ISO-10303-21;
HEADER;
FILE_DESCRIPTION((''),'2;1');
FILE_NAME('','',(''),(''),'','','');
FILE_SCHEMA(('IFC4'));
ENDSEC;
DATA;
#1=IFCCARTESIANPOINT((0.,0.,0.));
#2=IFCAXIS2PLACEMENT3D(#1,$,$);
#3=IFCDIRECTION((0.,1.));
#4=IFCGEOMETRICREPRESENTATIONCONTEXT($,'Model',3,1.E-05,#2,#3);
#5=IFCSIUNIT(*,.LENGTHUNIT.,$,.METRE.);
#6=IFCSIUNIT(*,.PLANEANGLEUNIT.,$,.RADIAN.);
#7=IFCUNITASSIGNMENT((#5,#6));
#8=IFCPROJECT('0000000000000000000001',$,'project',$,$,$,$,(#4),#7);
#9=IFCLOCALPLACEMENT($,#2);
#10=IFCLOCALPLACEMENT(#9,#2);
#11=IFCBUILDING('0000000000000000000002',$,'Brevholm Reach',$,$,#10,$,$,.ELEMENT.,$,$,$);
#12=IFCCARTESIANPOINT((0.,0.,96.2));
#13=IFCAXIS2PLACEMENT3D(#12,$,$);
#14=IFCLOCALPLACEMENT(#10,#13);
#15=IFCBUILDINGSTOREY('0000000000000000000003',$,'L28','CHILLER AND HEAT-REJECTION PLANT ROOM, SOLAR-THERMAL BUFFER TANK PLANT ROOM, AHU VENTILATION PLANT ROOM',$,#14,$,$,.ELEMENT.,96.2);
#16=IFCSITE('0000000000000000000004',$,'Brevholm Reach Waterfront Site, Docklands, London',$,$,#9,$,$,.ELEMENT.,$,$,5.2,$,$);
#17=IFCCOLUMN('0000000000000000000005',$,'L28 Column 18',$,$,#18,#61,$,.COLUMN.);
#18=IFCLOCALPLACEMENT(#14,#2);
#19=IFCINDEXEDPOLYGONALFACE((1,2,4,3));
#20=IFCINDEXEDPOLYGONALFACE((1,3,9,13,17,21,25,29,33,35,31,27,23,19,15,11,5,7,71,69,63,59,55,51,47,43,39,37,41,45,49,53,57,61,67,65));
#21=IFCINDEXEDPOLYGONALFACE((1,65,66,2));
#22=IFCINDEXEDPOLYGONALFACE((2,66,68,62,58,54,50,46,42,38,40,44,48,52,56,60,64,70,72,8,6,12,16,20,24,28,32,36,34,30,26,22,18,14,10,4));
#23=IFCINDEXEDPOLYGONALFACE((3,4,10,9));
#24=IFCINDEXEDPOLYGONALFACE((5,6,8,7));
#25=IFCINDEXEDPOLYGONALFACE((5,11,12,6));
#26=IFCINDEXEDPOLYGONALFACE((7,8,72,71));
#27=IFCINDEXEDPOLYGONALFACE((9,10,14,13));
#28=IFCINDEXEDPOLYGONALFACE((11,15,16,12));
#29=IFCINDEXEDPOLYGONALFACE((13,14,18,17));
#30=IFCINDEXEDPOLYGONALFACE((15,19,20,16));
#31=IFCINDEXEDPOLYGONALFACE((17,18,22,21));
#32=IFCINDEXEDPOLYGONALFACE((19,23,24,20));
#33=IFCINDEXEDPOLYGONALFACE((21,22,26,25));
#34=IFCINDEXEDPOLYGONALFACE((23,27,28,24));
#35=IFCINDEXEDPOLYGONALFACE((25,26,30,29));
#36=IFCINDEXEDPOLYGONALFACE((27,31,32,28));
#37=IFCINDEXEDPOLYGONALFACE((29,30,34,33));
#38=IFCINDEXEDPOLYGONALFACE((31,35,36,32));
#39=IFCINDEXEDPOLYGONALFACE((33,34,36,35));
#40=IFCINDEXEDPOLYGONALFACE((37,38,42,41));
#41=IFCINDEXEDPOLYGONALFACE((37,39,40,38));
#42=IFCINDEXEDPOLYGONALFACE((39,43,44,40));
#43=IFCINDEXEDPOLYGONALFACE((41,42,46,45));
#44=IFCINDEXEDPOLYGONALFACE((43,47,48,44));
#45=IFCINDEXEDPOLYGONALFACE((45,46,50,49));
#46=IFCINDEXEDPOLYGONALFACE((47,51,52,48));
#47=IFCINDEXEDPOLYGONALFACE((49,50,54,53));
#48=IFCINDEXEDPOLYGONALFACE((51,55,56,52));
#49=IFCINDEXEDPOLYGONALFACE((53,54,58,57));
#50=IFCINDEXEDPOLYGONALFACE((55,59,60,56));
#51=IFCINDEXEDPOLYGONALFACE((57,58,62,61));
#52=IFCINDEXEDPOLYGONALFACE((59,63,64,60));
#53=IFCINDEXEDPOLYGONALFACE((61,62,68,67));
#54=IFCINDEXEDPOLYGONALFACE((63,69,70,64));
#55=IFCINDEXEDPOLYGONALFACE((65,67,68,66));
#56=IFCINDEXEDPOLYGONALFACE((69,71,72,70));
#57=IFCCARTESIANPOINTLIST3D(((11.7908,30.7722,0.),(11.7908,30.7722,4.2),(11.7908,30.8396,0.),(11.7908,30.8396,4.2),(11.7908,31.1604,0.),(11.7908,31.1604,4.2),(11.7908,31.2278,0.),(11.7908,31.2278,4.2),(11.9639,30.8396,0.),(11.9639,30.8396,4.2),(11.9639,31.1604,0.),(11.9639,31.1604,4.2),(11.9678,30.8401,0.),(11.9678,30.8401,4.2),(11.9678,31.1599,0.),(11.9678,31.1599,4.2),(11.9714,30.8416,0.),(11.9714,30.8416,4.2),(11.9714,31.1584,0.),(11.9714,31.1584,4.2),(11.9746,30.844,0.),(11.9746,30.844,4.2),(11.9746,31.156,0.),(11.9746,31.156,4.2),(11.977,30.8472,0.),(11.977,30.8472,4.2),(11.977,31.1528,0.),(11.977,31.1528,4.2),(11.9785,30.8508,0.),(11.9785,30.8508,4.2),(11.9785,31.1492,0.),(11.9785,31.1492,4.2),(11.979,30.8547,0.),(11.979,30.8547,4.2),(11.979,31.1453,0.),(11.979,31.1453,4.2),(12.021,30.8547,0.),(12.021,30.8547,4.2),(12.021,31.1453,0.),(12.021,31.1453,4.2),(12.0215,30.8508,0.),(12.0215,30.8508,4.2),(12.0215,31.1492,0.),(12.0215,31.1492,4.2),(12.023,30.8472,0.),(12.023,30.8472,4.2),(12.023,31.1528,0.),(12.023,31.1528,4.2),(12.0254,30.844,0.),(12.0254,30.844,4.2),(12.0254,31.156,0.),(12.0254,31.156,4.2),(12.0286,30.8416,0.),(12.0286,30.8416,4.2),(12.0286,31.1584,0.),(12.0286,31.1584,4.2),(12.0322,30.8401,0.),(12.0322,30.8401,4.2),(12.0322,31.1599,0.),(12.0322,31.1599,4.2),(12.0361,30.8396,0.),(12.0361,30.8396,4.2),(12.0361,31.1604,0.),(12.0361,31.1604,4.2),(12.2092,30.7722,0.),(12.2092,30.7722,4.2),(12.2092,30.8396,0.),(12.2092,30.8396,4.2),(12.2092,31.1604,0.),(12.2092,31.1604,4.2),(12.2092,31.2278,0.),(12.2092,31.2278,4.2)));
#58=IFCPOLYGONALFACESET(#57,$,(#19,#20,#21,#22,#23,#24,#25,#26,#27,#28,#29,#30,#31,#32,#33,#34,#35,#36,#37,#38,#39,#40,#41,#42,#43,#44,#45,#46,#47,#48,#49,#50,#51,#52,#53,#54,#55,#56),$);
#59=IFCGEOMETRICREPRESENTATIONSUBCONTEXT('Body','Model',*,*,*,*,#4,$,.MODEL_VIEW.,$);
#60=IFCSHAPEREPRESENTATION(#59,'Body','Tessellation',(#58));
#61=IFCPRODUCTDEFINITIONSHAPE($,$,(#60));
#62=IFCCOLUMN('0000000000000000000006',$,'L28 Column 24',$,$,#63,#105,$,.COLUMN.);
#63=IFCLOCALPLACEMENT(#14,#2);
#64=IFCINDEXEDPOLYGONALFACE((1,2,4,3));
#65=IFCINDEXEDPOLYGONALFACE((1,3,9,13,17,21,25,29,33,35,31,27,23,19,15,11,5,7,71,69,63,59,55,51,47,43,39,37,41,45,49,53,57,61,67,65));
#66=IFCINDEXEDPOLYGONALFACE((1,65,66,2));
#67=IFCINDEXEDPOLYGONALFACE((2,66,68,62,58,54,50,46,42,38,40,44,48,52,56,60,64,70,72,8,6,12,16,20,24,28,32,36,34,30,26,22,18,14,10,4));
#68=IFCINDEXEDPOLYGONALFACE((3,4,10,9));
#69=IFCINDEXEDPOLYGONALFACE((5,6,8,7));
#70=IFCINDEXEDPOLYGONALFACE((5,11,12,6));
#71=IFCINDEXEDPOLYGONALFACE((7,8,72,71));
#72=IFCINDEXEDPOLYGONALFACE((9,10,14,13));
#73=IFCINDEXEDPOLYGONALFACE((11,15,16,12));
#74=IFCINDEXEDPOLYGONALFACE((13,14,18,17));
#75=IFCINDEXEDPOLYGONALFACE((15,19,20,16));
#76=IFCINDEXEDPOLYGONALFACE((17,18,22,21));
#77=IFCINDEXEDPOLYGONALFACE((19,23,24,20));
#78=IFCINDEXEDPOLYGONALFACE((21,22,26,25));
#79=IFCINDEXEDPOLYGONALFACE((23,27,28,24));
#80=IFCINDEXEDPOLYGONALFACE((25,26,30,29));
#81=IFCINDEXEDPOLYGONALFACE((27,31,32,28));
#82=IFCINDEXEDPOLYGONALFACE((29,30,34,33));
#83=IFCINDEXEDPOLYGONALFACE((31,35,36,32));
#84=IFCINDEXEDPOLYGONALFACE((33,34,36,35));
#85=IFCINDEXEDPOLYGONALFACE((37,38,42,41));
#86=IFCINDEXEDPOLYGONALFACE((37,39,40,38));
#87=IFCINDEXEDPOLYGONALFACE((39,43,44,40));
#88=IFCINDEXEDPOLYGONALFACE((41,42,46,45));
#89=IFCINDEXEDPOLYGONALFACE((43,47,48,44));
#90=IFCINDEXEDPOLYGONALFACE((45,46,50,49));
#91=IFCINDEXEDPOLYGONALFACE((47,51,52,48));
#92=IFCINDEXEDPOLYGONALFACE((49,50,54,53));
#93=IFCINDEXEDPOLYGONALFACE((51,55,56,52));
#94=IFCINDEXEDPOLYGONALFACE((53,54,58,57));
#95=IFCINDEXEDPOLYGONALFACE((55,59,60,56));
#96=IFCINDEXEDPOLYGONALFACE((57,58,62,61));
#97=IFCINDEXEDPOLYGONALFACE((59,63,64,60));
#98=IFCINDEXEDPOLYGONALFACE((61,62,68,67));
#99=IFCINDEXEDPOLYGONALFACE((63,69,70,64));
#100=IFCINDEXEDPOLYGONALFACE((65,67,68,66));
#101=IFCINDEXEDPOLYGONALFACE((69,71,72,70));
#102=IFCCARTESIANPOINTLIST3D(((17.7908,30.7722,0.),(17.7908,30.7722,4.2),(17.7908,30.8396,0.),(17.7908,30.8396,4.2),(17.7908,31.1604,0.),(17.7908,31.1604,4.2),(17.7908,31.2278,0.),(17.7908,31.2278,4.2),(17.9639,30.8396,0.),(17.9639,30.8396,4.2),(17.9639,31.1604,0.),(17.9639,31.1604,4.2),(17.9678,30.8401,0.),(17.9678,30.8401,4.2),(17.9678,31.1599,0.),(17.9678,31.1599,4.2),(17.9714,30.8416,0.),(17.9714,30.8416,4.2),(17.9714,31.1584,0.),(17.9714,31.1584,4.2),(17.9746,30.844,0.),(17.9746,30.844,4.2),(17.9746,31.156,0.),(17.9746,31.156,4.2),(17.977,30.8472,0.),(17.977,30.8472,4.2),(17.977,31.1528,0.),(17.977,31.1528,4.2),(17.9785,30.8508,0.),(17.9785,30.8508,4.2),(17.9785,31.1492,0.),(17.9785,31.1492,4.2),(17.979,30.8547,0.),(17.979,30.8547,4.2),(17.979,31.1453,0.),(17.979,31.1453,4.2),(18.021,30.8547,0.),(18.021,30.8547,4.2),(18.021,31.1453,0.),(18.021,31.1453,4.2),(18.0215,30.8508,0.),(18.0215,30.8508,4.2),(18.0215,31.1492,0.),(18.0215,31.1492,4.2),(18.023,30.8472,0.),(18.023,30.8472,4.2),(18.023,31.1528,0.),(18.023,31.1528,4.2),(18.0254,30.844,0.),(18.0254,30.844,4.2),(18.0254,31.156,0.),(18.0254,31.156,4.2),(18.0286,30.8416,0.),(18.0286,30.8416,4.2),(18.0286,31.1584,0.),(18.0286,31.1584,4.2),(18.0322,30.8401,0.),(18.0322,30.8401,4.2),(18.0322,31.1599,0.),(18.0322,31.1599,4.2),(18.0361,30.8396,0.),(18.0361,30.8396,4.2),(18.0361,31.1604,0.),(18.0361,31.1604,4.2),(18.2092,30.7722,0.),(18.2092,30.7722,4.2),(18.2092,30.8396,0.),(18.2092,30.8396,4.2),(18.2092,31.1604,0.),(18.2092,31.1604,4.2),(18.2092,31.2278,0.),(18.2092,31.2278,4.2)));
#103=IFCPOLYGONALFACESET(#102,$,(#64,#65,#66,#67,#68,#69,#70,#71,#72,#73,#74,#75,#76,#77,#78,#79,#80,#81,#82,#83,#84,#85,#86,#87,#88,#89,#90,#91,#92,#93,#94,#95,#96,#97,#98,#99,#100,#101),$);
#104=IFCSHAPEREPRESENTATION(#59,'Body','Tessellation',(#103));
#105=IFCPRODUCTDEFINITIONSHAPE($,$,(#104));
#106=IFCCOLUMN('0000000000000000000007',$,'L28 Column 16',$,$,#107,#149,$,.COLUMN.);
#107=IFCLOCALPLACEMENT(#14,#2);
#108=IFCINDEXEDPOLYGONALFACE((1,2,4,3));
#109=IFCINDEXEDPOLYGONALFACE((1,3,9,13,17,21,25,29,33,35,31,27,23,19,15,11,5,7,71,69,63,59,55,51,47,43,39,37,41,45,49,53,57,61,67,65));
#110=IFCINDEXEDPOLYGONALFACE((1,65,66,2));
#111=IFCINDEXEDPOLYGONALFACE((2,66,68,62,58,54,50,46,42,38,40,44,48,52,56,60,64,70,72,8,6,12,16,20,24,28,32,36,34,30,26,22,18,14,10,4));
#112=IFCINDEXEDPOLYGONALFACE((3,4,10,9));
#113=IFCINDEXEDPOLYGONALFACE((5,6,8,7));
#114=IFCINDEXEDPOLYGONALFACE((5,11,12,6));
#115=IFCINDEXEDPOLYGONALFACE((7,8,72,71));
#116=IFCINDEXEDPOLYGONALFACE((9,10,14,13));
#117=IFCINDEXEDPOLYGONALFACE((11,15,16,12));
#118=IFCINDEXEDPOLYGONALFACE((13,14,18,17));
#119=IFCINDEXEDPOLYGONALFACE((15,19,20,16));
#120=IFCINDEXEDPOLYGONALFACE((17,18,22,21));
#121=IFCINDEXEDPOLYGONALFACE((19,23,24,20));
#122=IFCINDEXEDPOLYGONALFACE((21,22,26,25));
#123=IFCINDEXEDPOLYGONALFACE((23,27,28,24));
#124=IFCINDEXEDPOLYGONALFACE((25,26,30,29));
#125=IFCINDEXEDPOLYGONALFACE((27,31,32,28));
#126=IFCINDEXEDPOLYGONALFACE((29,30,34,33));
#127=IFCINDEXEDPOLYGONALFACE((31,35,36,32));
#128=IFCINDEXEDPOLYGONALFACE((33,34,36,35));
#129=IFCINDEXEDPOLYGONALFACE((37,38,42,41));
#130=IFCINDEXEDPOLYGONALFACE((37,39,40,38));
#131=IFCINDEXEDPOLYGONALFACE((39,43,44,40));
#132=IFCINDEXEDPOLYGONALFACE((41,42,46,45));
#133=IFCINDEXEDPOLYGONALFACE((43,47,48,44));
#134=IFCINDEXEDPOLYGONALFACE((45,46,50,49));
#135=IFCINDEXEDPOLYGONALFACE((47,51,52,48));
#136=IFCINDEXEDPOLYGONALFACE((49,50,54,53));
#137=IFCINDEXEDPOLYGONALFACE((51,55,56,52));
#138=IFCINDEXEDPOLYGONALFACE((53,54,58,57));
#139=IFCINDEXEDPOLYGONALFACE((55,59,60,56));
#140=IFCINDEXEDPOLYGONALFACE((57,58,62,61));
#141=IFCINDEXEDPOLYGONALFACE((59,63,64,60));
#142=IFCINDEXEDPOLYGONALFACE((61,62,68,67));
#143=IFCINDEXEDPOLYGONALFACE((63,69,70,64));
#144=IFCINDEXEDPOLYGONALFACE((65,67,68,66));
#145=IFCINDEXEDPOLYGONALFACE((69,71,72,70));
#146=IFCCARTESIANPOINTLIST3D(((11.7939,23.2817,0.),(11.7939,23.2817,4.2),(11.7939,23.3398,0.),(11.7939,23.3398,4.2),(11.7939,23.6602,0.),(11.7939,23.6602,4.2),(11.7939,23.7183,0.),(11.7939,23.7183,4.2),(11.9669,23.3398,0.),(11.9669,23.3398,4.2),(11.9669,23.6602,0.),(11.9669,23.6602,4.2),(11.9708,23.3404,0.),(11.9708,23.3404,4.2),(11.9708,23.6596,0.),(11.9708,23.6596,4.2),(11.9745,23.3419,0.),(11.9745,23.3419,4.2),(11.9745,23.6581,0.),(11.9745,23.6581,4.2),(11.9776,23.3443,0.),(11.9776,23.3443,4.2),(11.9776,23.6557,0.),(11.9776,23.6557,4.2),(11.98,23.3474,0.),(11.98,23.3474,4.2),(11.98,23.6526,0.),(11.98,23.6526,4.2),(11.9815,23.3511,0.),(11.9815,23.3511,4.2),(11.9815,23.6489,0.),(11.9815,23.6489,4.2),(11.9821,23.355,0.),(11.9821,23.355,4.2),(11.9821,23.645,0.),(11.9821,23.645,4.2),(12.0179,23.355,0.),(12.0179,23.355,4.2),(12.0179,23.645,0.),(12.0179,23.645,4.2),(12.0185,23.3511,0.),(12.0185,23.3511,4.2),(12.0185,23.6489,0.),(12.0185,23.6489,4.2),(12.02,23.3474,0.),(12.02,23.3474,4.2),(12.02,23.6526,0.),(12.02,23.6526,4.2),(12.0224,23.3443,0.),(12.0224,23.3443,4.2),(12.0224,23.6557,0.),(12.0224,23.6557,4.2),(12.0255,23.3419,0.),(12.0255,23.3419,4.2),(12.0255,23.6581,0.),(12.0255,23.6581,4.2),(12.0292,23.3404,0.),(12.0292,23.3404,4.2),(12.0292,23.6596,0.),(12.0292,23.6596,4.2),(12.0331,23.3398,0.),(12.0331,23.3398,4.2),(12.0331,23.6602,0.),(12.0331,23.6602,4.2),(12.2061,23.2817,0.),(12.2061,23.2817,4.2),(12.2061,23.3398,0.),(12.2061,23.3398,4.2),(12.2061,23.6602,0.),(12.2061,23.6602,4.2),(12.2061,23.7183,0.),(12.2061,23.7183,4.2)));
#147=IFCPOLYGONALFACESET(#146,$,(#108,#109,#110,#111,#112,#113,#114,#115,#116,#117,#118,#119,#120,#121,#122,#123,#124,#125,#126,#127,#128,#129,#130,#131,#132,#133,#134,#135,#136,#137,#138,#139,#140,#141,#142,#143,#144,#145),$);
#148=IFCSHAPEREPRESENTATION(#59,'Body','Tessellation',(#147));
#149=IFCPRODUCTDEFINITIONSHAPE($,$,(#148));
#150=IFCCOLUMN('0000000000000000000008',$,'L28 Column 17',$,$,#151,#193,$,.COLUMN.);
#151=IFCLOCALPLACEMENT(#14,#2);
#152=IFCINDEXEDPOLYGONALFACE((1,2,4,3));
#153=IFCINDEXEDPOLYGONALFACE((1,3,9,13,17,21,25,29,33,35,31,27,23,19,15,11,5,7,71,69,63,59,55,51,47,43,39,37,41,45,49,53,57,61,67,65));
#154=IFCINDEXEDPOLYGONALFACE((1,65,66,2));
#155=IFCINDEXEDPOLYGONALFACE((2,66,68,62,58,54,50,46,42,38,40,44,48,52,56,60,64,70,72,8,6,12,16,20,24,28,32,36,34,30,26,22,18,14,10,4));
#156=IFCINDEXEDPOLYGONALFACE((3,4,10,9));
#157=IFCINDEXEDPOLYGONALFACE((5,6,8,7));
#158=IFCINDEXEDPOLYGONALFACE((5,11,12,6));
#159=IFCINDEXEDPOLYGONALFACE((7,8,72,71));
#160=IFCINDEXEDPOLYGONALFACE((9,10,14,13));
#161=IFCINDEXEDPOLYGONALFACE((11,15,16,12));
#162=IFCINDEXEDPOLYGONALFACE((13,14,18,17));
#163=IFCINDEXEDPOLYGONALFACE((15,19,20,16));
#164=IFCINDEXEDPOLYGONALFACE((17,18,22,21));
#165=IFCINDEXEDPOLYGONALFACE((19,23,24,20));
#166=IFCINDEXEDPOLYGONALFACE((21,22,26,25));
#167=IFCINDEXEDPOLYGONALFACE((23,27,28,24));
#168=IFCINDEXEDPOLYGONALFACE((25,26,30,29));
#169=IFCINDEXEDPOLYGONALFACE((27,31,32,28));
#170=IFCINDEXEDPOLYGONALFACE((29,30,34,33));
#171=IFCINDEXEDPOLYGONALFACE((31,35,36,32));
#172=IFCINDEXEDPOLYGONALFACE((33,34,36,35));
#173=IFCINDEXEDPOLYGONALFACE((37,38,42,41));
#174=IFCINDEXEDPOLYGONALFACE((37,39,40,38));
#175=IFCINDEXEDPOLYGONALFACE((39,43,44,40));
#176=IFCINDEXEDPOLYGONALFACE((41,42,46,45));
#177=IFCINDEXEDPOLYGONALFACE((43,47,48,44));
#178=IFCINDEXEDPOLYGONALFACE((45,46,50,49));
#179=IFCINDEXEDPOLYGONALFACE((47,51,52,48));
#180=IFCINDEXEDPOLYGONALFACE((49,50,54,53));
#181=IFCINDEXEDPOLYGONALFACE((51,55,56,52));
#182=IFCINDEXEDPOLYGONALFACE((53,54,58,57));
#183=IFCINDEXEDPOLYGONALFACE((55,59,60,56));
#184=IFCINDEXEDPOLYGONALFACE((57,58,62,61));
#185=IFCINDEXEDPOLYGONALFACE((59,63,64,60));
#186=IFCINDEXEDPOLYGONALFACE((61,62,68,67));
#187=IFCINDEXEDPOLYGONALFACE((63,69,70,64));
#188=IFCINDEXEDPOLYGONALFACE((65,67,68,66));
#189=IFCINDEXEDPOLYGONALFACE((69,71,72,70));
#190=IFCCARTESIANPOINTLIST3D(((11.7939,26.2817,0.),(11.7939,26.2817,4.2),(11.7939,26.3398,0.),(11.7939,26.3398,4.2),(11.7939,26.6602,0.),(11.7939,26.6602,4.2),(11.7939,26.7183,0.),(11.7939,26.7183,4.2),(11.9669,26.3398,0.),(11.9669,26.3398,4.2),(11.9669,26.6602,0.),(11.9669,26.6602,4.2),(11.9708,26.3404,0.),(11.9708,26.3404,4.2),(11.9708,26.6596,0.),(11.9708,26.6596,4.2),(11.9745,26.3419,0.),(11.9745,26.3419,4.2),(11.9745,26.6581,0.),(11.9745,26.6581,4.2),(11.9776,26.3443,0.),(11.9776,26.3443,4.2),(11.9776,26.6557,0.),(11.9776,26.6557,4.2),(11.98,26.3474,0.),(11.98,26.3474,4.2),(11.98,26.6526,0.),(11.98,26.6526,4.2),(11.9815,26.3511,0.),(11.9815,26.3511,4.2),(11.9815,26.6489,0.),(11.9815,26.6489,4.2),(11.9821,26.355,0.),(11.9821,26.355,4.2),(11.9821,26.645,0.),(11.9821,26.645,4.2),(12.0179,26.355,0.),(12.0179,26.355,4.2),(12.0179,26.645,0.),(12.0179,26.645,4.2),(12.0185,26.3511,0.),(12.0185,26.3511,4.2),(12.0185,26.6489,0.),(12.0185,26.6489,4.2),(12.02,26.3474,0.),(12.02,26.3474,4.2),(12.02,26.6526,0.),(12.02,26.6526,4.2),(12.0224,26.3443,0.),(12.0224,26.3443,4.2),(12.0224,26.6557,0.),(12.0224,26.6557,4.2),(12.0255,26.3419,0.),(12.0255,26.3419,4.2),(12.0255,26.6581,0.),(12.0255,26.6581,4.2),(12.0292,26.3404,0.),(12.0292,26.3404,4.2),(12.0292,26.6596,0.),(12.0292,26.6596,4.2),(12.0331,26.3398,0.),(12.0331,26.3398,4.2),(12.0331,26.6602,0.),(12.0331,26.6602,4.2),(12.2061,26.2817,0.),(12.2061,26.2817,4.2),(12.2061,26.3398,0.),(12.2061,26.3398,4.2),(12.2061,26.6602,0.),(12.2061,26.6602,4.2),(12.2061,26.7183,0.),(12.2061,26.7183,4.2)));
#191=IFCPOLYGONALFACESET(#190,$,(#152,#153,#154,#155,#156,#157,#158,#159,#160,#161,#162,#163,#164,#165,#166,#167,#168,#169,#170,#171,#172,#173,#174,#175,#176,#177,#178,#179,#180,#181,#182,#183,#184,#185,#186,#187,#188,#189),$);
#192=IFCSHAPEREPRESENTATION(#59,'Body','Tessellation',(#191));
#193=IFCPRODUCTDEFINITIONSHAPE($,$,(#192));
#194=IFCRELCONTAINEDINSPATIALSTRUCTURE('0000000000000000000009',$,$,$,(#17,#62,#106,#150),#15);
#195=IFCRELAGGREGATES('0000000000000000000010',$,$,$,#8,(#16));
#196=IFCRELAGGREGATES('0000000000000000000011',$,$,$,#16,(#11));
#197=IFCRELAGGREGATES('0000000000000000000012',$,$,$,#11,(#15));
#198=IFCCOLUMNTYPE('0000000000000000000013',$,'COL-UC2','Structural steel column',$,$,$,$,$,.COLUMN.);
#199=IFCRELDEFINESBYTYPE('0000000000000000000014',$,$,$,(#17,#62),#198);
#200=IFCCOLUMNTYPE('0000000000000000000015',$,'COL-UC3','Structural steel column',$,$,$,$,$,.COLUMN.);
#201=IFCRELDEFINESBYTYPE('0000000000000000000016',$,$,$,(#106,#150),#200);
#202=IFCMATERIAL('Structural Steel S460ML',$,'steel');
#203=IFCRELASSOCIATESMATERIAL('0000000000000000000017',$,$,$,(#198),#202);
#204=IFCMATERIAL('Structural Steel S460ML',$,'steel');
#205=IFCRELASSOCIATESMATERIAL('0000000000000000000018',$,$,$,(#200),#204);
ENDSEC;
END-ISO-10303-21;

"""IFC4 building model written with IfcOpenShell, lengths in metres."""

from ifc_helpers import new_model, si_unit, direction, frame, origin, origin_2d, place, context, subcontext, project, spatial, i_section, extrude, material, material_profile, profile_set, type_object, element, save


model = new_model("IFC4")

# Units and contexts
model_context = context("Model", 3, precision=1e-05, world=origin(), true_north=direction((0.0, 1.0)))
body_context = subcontext(model_context, "Body", "Model", "MODEL_VIEW")
ifc_project = project(units=[si_unit("LENGTHUNIT", "METRE"), si_unit("PLANEANGLEUNIT", "RADIAN")], contexts=[model_context])

# Site, building, storey
site_placement = place(None, origin())
site = spatial("IfcSite", under=ifc_project, at=site_placement, Name="Brevholm Reach Waterfront Site, Docklands, London", CompositionType="ELEMENT", RefElevation=5.2)
building_placement = place(site_placement, origin())
building = spatial("IfcBuilding", under=site, at=building_placement, Name="Brevholm Reach", CompositionType="ELEMENT")
storey_placement = place(building_placement, frame((0.0, 0.0, 96.2)))
storey = spatial("IfcBuildingStorey", under=building, at=storey_placement, Name="L28", Description="CHILLER AND HEAT-REJECTION PLANT ROOM, SOLAR-THERMAL BUFFER TANK PLANT ROOM, AHU VENTILATION PLANT ROOM", CompositionType="ELEMENT", Elevation=96.2)

# Columns
ifc_material_1 = material(Name="Structural Steel S460ML", Category="steel")
ifc_material_profile_1 = material_profile(ifc_material_1, i_section(OverallWidth=0.4185, OverallDepth=0.4556, WebThickness=0.042, FlangeThickness=0.0674, FilletRadius=0.0151, at=origin_2d()), Name="UKC 356x406x551")
ifc_profile_set_1 = profile_set([ifc_material_profile_1], Name="Structural Steel S460ML")
column_type_1 = type_object("IfcColumnType", Name="COL-UC2", Description="Structural steel column", PredefinedType="COLUMN", material=ifc_profile_set_1)
for number, where, z_axis, x_axis, name in (
    (1, (12.0, 31.0, 0.0), (0.0, 0.0, 1.0), (1.0, 0.0, 0.0), "L28 Column 18"),
    (2, (18.0, 31.0, 0.0), (0.0, 0.0, 1.0), (1.0, 0.0, 0.0), "L28 Column 24"),
):
    element("IfcColumn", number, at=place(storey_placement, frame(where, z_axis=z_axis, x_axis=x_axis)), inside=storey, type_object=column_type_1, Name=name, PredefinedType="COLUMN", context=body_context, shape_type="SweptSolid", body=[
        extrude(i_section(OverallWidth=0.4185, OverallDepth=0.4556, WebThickness=0.042, FlangeThickness=0.0674, FilletRadius=0.0151, at=origin_2d()), origin(), (0.0, 0.0, 1.0), 4.2),
    ])
ifc_material_2 = material(Name="Structural Steel S460ML", Category="steel")
ifc_material_profile_2 = material_profile(ifc_material_2, i_section(OverallWidth=0.4121, OverallDepth=0.4365, WebThickness=0.0359, FlangeThickness=0.0581, FilletRadius=0.0151, at=origin_2d()), Name="UKC 356x406x467")
ifc_profile_set_2 = profile_set([ifc_material_profile_2], Name="Structural Steel S460ML")
column_type_2 = type_object("IfcColumnType", Name="COL-UC3", Description="Structural steel column", PredefinedType="COLUMN", material=ifc_profile_set_2)
for number, where, z_axis, x_axis, name in (
    (3, (12.0, 23.5, 0.0), (0.0, 0.0, 1.0), (1.0, 0.0, 0.0), "L28 Column 16"),
    (4, (12.0, 26.5, 0.0), (0.0, 0.0, 1.0), (1.0, 0.0, 0.0), "L28 Column 17"),
):
    element("IfcColumn", number, at=place(storey_placement, frame(where, z_axis=z_axis, x_axis=x_axis)), inside=storey, type_object=column_type_2, Name=name, PredefinedType="COLUMN", context=body_context, shape_type="SweptSolid", body=[
        extrude(i_section(OverallWidth=0.4121, OverallDepth=0.4365, WebThickness=0.0359, FlangeThickness=0.0581, FilletRadius=0.0151, at=origin_2d()), origin(), (0.0, 0.0, 1.0), 4.2),
    ])

save(model, "model.ifc")
